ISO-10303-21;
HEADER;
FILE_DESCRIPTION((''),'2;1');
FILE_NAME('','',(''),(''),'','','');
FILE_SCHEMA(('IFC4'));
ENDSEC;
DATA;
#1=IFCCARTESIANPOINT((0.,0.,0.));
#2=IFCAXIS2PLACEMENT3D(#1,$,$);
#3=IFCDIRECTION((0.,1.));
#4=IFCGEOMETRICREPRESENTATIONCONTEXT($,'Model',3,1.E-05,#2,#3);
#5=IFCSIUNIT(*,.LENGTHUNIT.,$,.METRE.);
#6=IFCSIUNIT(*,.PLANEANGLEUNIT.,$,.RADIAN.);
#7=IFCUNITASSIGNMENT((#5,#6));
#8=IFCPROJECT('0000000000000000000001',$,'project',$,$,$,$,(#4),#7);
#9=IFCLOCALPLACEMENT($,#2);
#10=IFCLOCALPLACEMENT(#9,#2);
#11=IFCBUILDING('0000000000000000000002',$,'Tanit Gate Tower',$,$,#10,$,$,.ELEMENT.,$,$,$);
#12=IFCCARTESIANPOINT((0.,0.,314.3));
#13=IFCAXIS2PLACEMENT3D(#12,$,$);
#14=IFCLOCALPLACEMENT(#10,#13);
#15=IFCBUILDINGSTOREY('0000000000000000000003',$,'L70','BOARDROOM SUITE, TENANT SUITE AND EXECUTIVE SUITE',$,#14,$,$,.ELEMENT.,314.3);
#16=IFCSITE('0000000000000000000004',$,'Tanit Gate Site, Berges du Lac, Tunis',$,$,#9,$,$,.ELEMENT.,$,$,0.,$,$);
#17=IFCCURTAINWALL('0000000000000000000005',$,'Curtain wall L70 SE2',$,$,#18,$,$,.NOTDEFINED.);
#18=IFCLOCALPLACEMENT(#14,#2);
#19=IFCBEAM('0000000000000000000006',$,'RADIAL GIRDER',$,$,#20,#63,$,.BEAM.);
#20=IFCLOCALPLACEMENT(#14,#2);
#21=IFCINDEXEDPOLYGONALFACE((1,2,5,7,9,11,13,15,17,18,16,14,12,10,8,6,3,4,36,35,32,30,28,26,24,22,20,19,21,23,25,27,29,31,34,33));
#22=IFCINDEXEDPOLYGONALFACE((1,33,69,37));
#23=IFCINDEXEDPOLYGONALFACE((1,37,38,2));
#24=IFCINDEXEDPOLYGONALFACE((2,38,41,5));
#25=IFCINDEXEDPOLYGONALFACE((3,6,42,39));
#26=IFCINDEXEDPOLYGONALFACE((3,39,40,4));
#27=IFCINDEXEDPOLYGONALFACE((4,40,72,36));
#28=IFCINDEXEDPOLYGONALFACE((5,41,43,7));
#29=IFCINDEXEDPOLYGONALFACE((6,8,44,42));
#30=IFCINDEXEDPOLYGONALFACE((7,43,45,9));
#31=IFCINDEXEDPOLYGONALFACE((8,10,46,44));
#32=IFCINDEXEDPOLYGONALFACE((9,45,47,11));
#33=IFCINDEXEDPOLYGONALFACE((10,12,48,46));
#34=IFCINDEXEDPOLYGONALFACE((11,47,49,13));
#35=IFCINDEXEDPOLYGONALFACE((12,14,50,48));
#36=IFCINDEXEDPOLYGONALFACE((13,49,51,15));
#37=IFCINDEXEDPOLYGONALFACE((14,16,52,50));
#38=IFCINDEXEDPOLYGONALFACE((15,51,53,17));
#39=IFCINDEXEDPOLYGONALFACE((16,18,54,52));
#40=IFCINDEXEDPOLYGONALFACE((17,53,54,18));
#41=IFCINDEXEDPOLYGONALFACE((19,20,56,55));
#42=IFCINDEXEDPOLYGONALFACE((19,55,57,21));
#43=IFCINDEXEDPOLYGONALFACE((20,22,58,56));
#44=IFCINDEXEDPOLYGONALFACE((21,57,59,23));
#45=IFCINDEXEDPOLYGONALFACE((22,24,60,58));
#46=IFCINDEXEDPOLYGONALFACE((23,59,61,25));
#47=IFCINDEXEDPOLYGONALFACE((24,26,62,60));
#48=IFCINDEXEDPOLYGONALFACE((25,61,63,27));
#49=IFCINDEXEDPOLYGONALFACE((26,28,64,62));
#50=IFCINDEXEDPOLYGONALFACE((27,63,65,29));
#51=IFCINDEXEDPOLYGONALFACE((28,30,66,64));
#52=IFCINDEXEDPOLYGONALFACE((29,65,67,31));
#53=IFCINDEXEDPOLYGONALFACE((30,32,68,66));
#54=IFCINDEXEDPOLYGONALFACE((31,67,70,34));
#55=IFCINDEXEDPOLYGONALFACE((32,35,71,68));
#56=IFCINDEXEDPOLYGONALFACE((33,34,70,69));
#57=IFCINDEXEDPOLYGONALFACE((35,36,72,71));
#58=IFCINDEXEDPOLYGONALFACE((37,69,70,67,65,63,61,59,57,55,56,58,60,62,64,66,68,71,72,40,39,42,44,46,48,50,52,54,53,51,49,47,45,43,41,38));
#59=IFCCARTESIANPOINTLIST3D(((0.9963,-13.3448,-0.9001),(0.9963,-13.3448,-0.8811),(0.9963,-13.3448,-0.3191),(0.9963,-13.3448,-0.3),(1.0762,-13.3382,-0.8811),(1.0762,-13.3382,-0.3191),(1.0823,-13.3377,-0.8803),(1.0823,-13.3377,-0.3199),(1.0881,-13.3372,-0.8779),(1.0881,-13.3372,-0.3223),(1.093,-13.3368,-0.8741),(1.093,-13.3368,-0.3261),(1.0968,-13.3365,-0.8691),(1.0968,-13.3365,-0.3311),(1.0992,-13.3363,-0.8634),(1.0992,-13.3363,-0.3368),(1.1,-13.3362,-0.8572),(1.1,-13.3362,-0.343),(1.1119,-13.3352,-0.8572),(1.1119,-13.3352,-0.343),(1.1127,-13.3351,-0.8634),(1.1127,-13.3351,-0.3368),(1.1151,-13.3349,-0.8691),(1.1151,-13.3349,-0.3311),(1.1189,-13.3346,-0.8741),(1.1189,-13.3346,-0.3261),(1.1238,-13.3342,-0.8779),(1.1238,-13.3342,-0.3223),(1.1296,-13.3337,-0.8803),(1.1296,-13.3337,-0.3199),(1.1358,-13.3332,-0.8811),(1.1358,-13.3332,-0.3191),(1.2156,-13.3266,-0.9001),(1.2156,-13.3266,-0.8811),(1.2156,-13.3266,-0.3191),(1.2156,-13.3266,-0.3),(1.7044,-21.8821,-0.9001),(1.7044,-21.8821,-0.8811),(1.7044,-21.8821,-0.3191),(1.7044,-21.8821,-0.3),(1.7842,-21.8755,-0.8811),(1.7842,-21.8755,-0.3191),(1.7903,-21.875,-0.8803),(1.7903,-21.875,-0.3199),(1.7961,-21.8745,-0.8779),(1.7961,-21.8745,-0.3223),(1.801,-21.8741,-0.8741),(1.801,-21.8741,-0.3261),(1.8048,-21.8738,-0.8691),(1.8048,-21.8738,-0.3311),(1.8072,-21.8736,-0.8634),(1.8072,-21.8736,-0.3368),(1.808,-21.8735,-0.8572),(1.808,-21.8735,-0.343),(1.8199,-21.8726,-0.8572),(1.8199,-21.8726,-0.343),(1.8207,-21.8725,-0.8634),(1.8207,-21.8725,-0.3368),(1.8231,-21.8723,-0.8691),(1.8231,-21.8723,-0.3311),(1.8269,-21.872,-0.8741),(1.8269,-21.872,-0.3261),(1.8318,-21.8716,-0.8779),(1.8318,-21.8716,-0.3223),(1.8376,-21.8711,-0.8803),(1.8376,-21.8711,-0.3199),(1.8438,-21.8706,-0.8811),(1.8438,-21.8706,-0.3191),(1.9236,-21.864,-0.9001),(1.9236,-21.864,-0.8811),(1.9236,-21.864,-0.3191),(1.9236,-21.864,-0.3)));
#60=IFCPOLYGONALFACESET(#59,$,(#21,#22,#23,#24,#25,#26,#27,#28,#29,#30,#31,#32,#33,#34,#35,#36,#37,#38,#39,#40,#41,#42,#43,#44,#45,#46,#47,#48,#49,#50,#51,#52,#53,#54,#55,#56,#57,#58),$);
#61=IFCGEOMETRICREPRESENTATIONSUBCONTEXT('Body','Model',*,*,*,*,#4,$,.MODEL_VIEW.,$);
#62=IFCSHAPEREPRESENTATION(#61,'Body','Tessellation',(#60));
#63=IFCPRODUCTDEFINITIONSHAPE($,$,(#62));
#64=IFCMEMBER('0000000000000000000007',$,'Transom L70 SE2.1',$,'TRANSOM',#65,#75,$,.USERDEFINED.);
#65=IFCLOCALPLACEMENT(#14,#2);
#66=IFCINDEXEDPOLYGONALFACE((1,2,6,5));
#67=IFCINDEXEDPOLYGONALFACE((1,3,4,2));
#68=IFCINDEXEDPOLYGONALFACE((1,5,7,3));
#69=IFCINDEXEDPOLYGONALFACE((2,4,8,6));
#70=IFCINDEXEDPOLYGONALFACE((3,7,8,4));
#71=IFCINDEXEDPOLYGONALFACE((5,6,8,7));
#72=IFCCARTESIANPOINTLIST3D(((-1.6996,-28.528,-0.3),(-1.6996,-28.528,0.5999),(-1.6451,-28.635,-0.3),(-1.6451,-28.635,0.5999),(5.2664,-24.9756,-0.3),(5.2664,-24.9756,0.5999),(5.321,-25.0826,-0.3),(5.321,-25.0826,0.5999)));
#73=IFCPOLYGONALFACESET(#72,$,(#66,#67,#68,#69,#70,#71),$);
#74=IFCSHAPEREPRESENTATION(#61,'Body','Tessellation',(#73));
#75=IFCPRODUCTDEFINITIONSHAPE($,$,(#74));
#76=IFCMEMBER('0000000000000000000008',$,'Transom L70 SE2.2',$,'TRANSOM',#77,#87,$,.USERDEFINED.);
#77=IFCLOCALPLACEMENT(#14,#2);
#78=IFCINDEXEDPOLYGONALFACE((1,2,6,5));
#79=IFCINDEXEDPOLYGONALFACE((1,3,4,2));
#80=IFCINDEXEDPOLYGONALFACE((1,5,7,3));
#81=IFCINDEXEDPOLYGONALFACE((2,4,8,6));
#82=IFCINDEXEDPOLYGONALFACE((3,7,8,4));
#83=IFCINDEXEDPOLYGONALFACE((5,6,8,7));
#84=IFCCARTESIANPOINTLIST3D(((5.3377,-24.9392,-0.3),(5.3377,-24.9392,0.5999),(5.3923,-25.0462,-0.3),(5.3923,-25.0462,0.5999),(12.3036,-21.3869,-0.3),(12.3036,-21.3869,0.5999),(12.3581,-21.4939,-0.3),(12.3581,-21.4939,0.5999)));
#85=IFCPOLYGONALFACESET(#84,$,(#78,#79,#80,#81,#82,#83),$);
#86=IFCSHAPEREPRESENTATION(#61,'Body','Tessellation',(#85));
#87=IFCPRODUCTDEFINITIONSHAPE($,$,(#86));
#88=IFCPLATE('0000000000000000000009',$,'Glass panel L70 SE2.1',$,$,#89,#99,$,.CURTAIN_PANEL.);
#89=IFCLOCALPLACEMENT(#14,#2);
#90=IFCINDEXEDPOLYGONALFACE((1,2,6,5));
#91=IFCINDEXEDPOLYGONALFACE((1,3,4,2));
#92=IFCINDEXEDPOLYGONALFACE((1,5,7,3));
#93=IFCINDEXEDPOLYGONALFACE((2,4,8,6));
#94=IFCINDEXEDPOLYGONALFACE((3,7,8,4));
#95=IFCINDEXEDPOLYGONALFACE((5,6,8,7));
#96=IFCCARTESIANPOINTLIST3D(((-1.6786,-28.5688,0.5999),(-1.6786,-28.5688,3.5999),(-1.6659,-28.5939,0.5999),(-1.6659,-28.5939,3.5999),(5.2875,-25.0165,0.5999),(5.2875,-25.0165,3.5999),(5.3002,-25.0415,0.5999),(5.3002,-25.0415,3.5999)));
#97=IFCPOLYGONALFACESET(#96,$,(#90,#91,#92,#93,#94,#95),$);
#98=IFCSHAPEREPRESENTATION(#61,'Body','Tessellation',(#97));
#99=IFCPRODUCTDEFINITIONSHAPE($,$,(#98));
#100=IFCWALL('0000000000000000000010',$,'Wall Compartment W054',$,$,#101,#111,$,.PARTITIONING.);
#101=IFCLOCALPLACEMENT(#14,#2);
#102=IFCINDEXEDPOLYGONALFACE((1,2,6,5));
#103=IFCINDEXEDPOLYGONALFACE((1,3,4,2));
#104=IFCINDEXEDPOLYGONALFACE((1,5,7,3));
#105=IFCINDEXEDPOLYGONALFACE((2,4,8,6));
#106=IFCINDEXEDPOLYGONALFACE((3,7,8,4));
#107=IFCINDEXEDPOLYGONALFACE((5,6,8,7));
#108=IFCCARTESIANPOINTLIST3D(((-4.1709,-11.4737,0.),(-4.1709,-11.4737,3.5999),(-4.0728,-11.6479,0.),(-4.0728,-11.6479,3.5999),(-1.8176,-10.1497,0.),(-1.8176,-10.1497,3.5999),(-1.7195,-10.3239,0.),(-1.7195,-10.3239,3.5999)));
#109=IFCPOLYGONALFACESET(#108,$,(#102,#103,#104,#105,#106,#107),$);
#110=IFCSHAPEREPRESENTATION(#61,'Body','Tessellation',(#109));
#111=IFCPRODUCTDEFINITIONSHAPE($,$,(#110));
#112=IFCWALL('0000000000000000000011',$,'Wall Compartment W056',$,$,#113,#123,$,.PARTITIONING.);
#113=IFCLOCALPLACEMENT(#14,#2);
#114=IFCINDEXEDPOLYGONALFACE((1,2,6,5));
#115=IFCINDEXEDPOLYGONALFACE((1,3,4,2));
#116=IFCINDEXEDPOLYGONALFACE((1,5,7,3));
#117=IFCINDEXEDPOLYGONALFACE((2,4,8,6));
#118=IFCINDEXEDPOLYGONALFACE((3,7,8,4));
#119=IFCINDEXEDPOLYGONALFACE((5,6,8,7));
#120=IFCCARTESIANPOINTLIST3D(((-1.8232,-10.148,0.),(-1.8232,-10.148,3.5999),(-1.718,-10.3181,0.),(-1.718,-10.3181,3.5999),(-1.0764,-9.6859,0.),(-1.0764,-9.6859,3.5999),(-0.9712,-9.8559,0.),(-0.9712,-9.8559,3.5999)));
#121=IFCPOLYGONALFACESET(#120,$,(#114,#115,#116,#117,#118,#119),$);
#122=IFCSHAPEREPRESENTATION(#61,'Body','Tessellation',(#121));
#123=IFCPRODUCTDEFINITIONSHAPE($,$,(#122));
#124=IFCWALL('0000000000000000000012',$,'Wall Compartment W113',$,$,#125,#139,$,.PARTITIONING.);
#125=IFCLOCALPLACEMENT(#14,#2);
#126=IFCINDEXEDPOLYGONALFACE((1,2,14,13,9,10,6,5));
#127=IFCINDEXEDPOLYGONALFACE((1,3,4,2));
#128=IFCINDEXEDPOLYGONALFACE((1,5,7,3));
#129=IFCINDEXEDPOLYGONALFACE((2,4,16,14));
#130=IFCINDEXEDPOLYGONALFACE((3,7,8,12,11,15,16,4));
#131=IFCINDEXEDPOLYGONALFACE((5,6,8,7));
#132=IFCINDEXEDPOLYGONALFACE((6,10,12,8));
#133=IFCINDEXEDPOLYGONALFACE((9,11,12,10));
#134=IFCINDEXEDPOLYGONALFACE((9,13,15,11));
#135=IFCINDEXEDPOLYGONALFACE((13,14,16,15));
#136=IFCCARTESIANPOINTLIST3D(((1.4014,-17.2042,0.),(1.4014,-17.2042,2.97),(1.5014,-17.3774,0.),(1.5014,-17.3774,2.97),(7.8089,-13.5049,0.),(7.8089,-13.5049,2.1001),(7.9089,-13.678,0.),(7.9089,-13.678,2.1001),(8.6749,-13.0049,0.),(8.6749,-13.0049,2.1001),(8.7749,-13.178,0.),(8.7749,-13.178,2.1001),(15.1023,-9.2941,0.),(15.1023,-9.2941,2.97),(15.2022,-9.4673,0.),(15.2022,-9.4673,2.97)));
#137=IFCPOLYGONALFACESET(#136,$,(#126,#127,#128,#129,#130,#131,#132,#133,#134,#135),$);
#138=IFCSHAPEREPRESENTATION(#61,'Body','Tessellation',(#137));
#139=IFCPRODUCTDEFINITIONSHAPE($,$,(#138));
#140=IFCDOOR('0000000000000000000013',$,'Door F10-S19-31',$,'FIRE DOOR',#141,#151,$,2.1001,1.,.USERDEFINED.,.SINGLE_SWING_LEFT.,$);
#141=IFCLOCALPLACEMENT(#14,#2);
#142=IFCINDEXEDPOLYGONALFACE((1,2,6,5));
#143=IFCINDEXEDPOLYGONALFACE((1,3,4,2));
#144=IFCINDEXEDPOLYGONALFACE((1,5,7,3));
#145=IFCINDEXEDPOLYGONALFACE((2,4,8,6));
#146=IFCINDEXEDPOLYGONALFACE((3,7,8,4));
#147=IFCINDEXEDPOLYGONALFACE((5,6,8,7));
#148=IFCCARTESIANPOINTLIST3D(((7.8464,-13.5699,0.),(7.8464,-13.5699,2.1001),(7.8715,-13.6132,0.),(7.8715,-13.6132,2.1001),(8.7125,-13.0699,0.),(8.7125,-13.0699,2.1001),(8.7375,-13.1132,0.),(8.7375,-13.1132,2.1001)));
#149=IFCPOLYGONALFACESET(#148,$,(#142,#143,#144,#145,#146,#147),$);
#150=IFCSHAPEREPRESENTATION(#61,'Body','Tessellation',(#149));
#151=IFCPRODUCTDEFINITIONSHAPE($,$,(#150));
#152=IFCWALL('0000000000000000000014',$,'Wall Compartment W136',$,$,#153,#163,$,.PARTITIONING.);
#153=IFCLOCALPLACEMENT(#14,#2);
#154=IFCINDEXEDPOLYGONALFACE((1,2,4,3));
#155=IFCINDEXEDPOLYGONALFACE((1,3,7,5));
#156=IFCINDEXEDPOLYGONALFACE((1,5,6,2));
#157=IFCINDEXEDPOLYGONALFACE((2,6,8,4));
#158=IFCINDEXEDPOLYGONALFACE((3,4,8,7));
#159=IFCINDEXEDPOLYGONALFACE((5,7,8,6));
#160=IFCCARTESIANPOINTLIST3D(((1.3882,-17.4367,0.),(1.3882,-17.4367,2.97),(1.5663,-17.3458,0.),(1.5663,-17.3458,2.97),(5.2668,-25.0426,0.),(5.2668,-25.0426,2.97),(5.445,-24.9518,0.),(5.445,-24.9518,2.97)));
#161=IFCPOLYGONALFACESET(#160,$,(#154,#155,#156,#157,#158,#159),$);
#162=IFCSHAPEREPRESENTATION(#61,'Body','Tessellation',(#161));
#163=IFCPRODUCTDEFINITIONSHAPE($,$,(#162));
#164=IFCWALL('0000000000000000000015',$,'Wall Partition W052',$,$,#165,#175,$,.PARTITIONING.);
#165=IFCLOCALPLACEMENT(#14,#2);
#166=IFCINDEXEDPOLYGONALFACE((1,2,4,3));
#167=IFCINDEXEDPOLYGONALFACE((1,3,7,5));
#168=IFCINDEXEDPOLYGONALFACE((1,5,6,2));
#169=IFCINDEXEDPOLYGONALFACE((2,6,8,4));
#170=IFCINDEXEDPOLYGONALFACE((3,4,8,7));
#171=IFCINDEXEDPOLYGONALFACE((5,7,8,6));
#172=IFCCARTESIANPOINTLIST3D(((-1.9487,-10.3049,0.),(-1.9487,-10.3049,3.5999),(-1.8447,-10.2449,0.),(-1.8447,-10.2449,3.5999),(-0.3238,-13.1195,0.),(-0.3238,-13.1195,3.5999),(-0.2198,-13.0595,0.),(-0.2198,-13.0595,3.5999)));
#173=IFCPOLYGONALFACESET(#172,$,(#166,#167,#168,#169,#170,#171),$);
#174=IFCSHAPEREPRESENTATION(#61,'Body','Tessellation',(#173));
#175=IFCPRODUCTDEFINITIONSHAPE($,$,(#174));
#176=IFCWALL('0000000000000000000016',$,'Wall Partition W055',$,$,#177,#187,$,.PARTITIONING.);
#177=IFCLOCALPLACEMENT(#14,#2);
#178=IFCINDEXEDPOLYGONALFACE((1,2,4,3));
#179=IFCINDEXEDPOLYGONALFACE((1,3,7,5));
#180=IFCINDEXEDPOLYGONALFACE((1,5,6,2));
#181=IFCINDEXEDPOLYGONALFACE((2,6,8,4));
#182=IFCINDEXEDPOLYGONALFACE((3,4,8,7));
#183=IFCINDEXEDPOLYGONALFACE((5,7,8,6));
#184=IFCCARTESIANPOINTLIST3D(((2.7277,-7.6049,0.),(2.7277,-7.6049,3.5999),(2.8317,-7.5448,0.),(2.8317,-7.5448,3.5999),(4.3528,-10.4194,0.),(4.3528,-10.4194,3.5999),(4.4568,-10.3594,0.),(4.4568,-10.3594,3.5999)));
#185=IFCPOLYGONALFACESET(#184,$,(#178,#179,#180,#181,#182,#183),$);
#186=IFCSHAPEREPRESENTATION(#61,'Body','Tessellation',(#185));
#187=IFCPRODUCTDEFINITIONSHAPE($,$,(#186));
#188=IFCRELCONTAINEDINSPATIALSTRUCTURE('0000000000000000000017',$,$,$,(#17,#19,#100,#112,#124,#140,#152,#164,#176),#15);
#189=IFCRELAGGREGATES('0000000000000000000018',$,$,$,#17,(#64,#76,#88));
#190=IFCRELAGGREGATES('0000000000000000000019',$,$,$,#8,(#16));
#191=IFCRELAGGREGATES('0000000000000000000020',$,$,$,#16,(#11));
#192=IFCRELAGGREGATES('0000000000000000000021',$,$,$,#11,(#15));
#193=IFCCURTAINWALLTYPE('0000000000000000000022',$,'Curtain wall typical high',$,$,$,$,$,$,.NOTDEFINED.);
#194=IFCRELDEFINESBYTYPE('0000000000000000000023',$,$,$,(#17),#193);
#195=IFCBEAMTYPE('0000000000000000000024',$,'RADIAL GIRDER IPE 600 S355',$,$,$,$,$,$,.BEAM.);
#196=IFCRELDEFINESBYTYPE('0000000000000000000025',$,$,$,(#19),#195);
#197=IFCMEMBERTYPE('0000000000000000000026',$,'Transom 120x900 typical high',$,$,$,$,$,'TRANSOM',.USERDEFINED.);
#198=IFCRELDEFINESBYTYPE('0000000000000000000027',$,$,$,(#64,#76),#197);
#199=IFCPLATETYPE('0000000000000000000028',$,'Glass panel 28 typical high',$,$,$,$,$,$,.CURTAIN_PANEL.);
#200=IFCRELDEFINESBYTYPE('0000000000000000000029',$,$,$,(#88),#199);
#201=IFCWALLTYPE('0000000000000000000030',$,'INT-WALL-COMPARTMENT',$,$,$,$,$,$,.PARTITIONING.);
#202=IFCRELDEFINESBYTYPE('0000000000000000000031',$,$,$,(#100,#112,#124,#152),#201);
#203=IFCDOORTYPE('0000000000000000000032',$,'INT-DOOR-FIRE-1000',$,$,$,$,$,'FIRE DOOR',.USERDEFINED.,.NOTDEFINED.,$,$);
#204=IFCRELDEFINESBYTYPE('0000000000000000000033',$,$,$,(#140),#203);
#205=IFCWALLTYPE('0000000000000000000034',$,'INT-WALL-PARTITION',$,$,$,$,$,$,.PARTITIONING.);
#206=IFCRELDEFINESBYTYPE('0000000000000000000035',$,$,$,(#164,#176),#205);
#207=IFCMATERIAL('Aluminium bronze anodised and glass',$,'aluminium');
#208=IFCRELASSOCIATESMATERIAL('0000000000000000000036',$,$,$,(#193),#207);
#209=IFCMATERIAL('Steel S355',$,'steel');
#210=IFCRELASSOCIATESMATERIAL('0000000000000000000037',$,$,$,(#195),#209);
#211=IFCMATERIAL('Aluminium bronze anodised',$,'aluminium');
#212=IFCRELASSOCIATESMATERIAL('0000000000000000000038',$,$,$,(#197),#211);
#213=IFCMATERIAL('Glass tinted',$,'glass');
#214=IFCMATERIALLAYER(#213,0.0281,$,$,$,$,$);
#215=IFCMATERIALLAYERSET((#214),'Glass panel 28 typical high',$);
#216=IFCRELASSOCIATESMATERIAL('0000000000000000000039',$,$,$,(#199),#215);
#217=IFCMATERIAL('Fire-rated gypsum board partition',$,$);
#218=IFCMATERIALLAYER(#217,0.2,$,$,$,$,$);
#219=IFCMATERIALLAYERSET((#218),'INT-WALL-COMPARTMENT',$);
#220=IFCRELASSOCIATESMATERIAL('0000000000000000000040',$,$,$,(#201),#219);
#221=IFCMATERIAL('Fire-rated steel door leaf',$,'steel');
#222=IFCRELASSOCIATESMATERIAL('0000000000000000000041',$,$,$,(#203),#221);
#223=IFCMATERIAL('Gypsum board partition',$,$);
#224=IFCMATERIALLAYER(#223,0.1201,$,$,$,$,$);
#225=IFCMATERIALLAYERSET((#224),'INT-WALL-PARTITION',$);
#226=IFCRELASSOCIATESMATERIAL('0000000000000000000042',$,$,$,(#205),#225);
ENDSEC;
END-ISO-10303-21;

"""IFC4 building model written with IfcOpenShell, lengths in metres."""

from ifc_helpers import new_model, si_unit, direction, frame, frame_2d, origin, origin_2d, place, context, subcontext, project, spatial, rectangle, i_section, extrude, material, layer, layer_set, material_profile, profile_set, type_object, element, fill, aggregate, save


model = new_model("IFC4")

# Units and contexts
model_context = context("Model", 3, precision=1e-05, world=origin(), true_north=direction((0.0, 1.0)))
body_context = subcontext(model_context, "Body", "Model", "MODEL_VIEW")
ifc_project = project(units=[si_unit("LENGTHUNIT", "METRE"), si_unit("PLANEANGLEUNIT", "RADIAN")], contexts=[model_context])

# Site, building, storey
site_placement = place(None, origin())
site = spatial("IfcSite", under=ifc_project, at=site_placement, Name="Tanit Gate Site, Berges du Lac, Tunis", CompositionType="ELEMENT", RefElevation=0.0)
building_placement = place(site_placement, origin())
building = spatial("IfcBuilding", under=site, at=building_placement, Name="Tanit Gate Tower", CompositionType="ELEMENT")
storey_placement = place(building_placement, frame((0.0, 0.0, 314.3)))
storey = spatial("IfcBuildingStorey", under=building, at=storey_placement, Name="L70", Description="BOARDROOM SUITE, TENANT SUITE AND EXECUTIVE SUITE", CompositionType="ELEMENT", Elevation=314.3)

# Curtain wall
ifc_material_1 = material(Name="Aluminium bronze anodised and glass", Category="aluminium")
curtain_wall_type = type_object("IfcCurtainWallType", Name="Curtain wall typical high", PredefinedType="NOTDEFINED", material=ifc_material_1)
curtain_wall_1_placement = place(storey_placement, origin())
curtain_wall_1 = element("IfcCurtainWall", 1, at=curtain_wall_1_placement, inside=storey, type_object=curtain_wall_type, Name="Curtain wall L70 SE2", PredefinedType="NOTDEFINED")

# Beam
ifc_material_2 = material(Name="Steel S355", Category="steel")
ifc_material_profile_1 = material_profile(ifc_material_2, i_section(OverallWidth=0.22, OverallDepth=0.6001, WebThickness=0.012, FlangeThickness=0.019, FilletRadius=0.0239, at=origin_2d()), Name="IPE 600")
ifc_profile_set_1 = profile_set([ifc_material_profile_1], Name="Steel S355")
beam_type_1 = type_object("IfcBeamType", Name="RADIAL GIRDER IPE 600 S355", PredefinedType="BEAM", material=ifc_profile_set_1)
beam_1_placement = place(storey_placement, frame((1.814, -21.873, -0.6001), z_axis=(-0.082647, 0.996579, 0.0), x_axis=(-0.996579, -0.082647, 0.0)))
element("IfcBeam", 2, at=beam_1_placement, inside=storey, type_object=beam_type_1, Name="RADIAL GIRDER", PredefinedType="BEAM", context=body_context, shape_type="SweptSolid", body=[
    extrude(i_section(OverallWidth=0.22, OverallDepth=0.6001, WebThickness=0.012, FlangeThickness=0.019, FilletRadius=0.0239, at=origin_2d()), origin(), (0.0, 0.0, 1.0), 8.5667),
])

# Members
ifc_material_3 = material(Name="Aluminium bronze anodised", Category="aluminium")
ifc_material_profile_2 = material_profile(ifc_material_3, rectangle(XDim=0.1201, YDim=0.8999, at=origin_2d()), Name="120x900 bronze transom")
ifc_profile_set_2 = profile_set([ifc_material_profile_2], Name="Aluminium bronze anodised")
member_type_1 = type_object("IfcMemberType", Name="Transom 120x900 typical high", ElementType="TRANSOM", PredefinedType="USERDEFINED", material=ifc_profile_set_2)
member_1_placement = place(storey_placement, frame((-1.6724, -28.5815, 0.1499), z_axis=(0.890846, 0.454306, 0.0), x_axis=(-0.454306, 0.890846, 0.0)))
member_1 = element("IfcMember", 3, at=member_1_placement, type_object=member_type_1, Name="Transom L70 SE2.1", ObjectType="TRANSOM", PredefinedType="USERDEFINED", context=body_context, shape_type="SweptSolid", body=[
    extrude(rectangle(XDim=0.1201, YDim=0.8999, at=origin_2d()), origin(), (0.0, 0.0, 1.0), 7.8196),
])
member_2_placement = place(storey_placement, frame((5.365, -24.9927, 0.1499), z_axis=(0.890852, 0.454293, 0.0), x_axis=(-0.454293, 0.890852, 0.0)))
member_2 = element("IfcMember", 4, at=member_2_placement, type_object=member_type_1, Name="Transom L70 SE2.2", ObjectType="TRANSOM", PredefinedType="USERDEFINED", context=body_context, shape_type="SweptSolid", body=[
    extrude(rectangle(XDim=0.1201, YDim=0.8999, at=origin_2d()), origin(), (0.0, 0.0, 1.0), 7.8193),
])

# Plate
ifc_material_4 = material(Name="Glass tinted", Category="glass")
ifc_layer_1 = layer(ifc_material_4, 0.0281)
ifc_layer_set_1 = layer_set([ifc_layer_1], Name="Glass panel 28 typical high")
plate_type = type_object("IfcPlateType", Name="Glass panel 28 typical high", PredefinedType="CURTAIN_PANEL", material=ifc_layer_set_1)
plate_placement = place(storey_placement, frame((1.8108, -26.8052, 0.5999), z_axis=(0.0, 0.0, 1.0), x_axis=(0.890855, 0.454288, 0.0)))
plate = element("IfcPlate", 5, at=plate_placement, type_object=plate_type, Name="Glass panel L70 SE2.1", PredefinedType="CURTAIN_PANEL", context=body_context, shape_type="SweptSolid", body=[
    extrude(rectangle(XDim=7.8196, YDim=0.0281, at=origin_2d()), origin(), (0.0, 0.0, 1.0), 3.0),
])
aggregate(curtain_wall_1, [member_1, member_2, plate])

# Walls
ifc_material_5 = material(Name="Fire-rated gypsum board partition")
ifc_layer_2 = layer(ifc_material_5, 0.2)
ifc_layer_set_2 = layer_set([ifc_layer_2], Name="INT-WALL-COMPARTMENT")
wall_type_1 = type_object("IfcWallType", Name="INT-WALL-COMPARTMENT", PredefinedType="PARTITIONING", material=ifc_layer_set_2)
wall_1_placement = place(storey_placement, frame((-1.7686, -10.2368, 0.0), z_axis=(0.0, 0.0, 1.0), x_axis=(-0.871534, -0.490334, 0.0)))
element("IfcWall", 6, at=wall_1_placement, inside=storey, type_object=wall_type_1, Name="Wall Compartment W054", PredefinedType="PARTITIONING", context=body_context, shape_type="SweptSolid", body=[
    extrude(rectangle(XDim=2.7002, YDim=0.2, at=frame_2d((1.3501, 0.0))), origin(), (0.0, 0.0, 1.0), 3.5999),
])
wall_2_placement = place(storey_placement, frame((-1.0239, -9.771, 0.0), z_axis=(0.0, 0.0, 1.0), x_axis=(-0.850348, -0.526221, 0.0)))
element("IfcWall", 7, at=wall_2_placement, inside=storey, type_object=wall_type_1, Name="Wall Compartment W056", PredefinedType="PARTITIONING", context=body_context, shape_type="SweptSolid", body=[
    extrude(rectangle(XDim=0.8782, YDim=0.2, at=frame_2d((0.439, 0.0))), origin(), (0.0, 0.0, 1.0), 3.5999),
])

# Wall, opening, door
wall_3_placement = place(storey_placement, frame((1.4514, -17.2908, 0.0), z_axis=(0.0, 0.0, 1.0), x_axis=(0.866028, 0.499996, 0.0)))
wall_3 = element("IfcWall", 8, at=wall_3_placement, inside=storey, type_object=wall_type_1, Name="Wall Compartment W113", PredefinedType="PARTITIONING", context=body_context, shape_type="SweptSolid", body=[
    extrude(rectangle(XDim=15.8203, YDim=0.2, at=frame_2d((7.9102, 0.0))), origin(), (0.0, 0.0, 1.0), 2.97),
])
opening_placement = place(wall_3_placement, frame((7.3987, 0.0, 0.0)))
opening = element("IfcOpeningElement", 9, at=opening_placement, cuts=wall_3, PredefinedType="OPENING", context=body_context, shape_type="SweptSolid", body=[
    extrude(rectangle(XDim=1.0, YDim=2.1001, at=frame_2d((0.5, 1.05))), frame((0.0, 0.1099, 0.0), z_axis=(0.0, -1.0, 0.0), x_axis=(1.0, 0.0, 0.0)), (0.0, 0.0, 1.0), 0.22),
])
ifc_material_6 = material(Name="Fire-rated steel door leaf", Category="steel")
door_type = type_object("IfcDoorType", Name="INT-DOOR-FIRE-1000", ElementType="FIRE DOOR", OperationType="NOTDEFINED", PredefinedType="USERDEFINED", material=ifc_material_6)
door_placement = place(opening_placement, origin())
door = element("IfcDoor", 10, at=door_placement, inside=storey, type_object=door_type, Name="Door F10-S19-31", ObjectType="FIRE DOOR", OperationType="SINGLE_SWING_LEFT", OverallHeight=2.1001, OverallWidth=1.0, PredefinedType="USERDEFINED", context=body_context, shape_type="SweptSolid", body=[
    extrude(rectangle(XDim=1.0, YDim=2.1001, at=frame_2d((0.5, 1.05))), frame((0.0, 0.0249, 0.0), z_axis=(0.0, -1.0, 0.0), x_axis=(1.0, 0.0, 0.0)), (0.0, 0.0, 1.0), 0.05),
])
fill(opening, door)

# Walls
wall_4_placement = place(storey_placement, frame((5.356, -24.9973, 0.0), z_axis=(0.0, 0.0, 1.0), x_axis=(-0.454291, 0.890853, 0.0)))
element("IfcWall", 11, at=wall_4_placement, inside=storey, type_object=wall_type_1, Name="Wall Compartment W136", PredefinedType="PARTITIONING", context=body_context, shape_type="SweptSolid", body=[
    extrude(rectangle(XDim=8.5378, YDim=0.2, at=frame_2d((4.269, 0.0))), origin(), (0.0, 0.0, 1.0), 2.97),
])
ifc_material_7 = material(Name="Gypsum board partition")
ifc_layer_3 = layer(ifc_material_7, 0.1201)
ifc_layer_set_3 = layer_set([ifc_layer_3], Name="INT-WALL-PARTITION")
wall_type_2 = type_object("IfcWallType", Name="INT-WALL-PARTITION", PredefinedType="PARTITIONING", material=ifc_layer_set_3)
for number, where, z_axis, x_axis, name in (
    (12, (-1.8967, -10.2749, 0.0), (0.0, 0.0, 1.0), (0.499985, -0.866034, 0.0), "Wall Partition W052"),
    (13, (4.4048, -10.3894, 0.0), (0.0, 0.0, 1.0), (-0.500017, 0.866015, 0.0), "Wall Partition W055"),
):
    element("IfcWall", number, at=place(storey_placement, frame(where, z_axis=z_axis, x_axis=x_axis)), inside=storey, type_object=wall_type_2, Name=name, PredefinedType="PARTITIONING", context=body_context, shape_type="SweptSolid", body=[
        extrude(rectangle(XDim=3.25, YDim=0.1201, at=frame_2d((1.625, 0.0))), origin(), (0.0, 0.0, 1.0), 3.5999),
    ])

save(model, "model.ifc")
